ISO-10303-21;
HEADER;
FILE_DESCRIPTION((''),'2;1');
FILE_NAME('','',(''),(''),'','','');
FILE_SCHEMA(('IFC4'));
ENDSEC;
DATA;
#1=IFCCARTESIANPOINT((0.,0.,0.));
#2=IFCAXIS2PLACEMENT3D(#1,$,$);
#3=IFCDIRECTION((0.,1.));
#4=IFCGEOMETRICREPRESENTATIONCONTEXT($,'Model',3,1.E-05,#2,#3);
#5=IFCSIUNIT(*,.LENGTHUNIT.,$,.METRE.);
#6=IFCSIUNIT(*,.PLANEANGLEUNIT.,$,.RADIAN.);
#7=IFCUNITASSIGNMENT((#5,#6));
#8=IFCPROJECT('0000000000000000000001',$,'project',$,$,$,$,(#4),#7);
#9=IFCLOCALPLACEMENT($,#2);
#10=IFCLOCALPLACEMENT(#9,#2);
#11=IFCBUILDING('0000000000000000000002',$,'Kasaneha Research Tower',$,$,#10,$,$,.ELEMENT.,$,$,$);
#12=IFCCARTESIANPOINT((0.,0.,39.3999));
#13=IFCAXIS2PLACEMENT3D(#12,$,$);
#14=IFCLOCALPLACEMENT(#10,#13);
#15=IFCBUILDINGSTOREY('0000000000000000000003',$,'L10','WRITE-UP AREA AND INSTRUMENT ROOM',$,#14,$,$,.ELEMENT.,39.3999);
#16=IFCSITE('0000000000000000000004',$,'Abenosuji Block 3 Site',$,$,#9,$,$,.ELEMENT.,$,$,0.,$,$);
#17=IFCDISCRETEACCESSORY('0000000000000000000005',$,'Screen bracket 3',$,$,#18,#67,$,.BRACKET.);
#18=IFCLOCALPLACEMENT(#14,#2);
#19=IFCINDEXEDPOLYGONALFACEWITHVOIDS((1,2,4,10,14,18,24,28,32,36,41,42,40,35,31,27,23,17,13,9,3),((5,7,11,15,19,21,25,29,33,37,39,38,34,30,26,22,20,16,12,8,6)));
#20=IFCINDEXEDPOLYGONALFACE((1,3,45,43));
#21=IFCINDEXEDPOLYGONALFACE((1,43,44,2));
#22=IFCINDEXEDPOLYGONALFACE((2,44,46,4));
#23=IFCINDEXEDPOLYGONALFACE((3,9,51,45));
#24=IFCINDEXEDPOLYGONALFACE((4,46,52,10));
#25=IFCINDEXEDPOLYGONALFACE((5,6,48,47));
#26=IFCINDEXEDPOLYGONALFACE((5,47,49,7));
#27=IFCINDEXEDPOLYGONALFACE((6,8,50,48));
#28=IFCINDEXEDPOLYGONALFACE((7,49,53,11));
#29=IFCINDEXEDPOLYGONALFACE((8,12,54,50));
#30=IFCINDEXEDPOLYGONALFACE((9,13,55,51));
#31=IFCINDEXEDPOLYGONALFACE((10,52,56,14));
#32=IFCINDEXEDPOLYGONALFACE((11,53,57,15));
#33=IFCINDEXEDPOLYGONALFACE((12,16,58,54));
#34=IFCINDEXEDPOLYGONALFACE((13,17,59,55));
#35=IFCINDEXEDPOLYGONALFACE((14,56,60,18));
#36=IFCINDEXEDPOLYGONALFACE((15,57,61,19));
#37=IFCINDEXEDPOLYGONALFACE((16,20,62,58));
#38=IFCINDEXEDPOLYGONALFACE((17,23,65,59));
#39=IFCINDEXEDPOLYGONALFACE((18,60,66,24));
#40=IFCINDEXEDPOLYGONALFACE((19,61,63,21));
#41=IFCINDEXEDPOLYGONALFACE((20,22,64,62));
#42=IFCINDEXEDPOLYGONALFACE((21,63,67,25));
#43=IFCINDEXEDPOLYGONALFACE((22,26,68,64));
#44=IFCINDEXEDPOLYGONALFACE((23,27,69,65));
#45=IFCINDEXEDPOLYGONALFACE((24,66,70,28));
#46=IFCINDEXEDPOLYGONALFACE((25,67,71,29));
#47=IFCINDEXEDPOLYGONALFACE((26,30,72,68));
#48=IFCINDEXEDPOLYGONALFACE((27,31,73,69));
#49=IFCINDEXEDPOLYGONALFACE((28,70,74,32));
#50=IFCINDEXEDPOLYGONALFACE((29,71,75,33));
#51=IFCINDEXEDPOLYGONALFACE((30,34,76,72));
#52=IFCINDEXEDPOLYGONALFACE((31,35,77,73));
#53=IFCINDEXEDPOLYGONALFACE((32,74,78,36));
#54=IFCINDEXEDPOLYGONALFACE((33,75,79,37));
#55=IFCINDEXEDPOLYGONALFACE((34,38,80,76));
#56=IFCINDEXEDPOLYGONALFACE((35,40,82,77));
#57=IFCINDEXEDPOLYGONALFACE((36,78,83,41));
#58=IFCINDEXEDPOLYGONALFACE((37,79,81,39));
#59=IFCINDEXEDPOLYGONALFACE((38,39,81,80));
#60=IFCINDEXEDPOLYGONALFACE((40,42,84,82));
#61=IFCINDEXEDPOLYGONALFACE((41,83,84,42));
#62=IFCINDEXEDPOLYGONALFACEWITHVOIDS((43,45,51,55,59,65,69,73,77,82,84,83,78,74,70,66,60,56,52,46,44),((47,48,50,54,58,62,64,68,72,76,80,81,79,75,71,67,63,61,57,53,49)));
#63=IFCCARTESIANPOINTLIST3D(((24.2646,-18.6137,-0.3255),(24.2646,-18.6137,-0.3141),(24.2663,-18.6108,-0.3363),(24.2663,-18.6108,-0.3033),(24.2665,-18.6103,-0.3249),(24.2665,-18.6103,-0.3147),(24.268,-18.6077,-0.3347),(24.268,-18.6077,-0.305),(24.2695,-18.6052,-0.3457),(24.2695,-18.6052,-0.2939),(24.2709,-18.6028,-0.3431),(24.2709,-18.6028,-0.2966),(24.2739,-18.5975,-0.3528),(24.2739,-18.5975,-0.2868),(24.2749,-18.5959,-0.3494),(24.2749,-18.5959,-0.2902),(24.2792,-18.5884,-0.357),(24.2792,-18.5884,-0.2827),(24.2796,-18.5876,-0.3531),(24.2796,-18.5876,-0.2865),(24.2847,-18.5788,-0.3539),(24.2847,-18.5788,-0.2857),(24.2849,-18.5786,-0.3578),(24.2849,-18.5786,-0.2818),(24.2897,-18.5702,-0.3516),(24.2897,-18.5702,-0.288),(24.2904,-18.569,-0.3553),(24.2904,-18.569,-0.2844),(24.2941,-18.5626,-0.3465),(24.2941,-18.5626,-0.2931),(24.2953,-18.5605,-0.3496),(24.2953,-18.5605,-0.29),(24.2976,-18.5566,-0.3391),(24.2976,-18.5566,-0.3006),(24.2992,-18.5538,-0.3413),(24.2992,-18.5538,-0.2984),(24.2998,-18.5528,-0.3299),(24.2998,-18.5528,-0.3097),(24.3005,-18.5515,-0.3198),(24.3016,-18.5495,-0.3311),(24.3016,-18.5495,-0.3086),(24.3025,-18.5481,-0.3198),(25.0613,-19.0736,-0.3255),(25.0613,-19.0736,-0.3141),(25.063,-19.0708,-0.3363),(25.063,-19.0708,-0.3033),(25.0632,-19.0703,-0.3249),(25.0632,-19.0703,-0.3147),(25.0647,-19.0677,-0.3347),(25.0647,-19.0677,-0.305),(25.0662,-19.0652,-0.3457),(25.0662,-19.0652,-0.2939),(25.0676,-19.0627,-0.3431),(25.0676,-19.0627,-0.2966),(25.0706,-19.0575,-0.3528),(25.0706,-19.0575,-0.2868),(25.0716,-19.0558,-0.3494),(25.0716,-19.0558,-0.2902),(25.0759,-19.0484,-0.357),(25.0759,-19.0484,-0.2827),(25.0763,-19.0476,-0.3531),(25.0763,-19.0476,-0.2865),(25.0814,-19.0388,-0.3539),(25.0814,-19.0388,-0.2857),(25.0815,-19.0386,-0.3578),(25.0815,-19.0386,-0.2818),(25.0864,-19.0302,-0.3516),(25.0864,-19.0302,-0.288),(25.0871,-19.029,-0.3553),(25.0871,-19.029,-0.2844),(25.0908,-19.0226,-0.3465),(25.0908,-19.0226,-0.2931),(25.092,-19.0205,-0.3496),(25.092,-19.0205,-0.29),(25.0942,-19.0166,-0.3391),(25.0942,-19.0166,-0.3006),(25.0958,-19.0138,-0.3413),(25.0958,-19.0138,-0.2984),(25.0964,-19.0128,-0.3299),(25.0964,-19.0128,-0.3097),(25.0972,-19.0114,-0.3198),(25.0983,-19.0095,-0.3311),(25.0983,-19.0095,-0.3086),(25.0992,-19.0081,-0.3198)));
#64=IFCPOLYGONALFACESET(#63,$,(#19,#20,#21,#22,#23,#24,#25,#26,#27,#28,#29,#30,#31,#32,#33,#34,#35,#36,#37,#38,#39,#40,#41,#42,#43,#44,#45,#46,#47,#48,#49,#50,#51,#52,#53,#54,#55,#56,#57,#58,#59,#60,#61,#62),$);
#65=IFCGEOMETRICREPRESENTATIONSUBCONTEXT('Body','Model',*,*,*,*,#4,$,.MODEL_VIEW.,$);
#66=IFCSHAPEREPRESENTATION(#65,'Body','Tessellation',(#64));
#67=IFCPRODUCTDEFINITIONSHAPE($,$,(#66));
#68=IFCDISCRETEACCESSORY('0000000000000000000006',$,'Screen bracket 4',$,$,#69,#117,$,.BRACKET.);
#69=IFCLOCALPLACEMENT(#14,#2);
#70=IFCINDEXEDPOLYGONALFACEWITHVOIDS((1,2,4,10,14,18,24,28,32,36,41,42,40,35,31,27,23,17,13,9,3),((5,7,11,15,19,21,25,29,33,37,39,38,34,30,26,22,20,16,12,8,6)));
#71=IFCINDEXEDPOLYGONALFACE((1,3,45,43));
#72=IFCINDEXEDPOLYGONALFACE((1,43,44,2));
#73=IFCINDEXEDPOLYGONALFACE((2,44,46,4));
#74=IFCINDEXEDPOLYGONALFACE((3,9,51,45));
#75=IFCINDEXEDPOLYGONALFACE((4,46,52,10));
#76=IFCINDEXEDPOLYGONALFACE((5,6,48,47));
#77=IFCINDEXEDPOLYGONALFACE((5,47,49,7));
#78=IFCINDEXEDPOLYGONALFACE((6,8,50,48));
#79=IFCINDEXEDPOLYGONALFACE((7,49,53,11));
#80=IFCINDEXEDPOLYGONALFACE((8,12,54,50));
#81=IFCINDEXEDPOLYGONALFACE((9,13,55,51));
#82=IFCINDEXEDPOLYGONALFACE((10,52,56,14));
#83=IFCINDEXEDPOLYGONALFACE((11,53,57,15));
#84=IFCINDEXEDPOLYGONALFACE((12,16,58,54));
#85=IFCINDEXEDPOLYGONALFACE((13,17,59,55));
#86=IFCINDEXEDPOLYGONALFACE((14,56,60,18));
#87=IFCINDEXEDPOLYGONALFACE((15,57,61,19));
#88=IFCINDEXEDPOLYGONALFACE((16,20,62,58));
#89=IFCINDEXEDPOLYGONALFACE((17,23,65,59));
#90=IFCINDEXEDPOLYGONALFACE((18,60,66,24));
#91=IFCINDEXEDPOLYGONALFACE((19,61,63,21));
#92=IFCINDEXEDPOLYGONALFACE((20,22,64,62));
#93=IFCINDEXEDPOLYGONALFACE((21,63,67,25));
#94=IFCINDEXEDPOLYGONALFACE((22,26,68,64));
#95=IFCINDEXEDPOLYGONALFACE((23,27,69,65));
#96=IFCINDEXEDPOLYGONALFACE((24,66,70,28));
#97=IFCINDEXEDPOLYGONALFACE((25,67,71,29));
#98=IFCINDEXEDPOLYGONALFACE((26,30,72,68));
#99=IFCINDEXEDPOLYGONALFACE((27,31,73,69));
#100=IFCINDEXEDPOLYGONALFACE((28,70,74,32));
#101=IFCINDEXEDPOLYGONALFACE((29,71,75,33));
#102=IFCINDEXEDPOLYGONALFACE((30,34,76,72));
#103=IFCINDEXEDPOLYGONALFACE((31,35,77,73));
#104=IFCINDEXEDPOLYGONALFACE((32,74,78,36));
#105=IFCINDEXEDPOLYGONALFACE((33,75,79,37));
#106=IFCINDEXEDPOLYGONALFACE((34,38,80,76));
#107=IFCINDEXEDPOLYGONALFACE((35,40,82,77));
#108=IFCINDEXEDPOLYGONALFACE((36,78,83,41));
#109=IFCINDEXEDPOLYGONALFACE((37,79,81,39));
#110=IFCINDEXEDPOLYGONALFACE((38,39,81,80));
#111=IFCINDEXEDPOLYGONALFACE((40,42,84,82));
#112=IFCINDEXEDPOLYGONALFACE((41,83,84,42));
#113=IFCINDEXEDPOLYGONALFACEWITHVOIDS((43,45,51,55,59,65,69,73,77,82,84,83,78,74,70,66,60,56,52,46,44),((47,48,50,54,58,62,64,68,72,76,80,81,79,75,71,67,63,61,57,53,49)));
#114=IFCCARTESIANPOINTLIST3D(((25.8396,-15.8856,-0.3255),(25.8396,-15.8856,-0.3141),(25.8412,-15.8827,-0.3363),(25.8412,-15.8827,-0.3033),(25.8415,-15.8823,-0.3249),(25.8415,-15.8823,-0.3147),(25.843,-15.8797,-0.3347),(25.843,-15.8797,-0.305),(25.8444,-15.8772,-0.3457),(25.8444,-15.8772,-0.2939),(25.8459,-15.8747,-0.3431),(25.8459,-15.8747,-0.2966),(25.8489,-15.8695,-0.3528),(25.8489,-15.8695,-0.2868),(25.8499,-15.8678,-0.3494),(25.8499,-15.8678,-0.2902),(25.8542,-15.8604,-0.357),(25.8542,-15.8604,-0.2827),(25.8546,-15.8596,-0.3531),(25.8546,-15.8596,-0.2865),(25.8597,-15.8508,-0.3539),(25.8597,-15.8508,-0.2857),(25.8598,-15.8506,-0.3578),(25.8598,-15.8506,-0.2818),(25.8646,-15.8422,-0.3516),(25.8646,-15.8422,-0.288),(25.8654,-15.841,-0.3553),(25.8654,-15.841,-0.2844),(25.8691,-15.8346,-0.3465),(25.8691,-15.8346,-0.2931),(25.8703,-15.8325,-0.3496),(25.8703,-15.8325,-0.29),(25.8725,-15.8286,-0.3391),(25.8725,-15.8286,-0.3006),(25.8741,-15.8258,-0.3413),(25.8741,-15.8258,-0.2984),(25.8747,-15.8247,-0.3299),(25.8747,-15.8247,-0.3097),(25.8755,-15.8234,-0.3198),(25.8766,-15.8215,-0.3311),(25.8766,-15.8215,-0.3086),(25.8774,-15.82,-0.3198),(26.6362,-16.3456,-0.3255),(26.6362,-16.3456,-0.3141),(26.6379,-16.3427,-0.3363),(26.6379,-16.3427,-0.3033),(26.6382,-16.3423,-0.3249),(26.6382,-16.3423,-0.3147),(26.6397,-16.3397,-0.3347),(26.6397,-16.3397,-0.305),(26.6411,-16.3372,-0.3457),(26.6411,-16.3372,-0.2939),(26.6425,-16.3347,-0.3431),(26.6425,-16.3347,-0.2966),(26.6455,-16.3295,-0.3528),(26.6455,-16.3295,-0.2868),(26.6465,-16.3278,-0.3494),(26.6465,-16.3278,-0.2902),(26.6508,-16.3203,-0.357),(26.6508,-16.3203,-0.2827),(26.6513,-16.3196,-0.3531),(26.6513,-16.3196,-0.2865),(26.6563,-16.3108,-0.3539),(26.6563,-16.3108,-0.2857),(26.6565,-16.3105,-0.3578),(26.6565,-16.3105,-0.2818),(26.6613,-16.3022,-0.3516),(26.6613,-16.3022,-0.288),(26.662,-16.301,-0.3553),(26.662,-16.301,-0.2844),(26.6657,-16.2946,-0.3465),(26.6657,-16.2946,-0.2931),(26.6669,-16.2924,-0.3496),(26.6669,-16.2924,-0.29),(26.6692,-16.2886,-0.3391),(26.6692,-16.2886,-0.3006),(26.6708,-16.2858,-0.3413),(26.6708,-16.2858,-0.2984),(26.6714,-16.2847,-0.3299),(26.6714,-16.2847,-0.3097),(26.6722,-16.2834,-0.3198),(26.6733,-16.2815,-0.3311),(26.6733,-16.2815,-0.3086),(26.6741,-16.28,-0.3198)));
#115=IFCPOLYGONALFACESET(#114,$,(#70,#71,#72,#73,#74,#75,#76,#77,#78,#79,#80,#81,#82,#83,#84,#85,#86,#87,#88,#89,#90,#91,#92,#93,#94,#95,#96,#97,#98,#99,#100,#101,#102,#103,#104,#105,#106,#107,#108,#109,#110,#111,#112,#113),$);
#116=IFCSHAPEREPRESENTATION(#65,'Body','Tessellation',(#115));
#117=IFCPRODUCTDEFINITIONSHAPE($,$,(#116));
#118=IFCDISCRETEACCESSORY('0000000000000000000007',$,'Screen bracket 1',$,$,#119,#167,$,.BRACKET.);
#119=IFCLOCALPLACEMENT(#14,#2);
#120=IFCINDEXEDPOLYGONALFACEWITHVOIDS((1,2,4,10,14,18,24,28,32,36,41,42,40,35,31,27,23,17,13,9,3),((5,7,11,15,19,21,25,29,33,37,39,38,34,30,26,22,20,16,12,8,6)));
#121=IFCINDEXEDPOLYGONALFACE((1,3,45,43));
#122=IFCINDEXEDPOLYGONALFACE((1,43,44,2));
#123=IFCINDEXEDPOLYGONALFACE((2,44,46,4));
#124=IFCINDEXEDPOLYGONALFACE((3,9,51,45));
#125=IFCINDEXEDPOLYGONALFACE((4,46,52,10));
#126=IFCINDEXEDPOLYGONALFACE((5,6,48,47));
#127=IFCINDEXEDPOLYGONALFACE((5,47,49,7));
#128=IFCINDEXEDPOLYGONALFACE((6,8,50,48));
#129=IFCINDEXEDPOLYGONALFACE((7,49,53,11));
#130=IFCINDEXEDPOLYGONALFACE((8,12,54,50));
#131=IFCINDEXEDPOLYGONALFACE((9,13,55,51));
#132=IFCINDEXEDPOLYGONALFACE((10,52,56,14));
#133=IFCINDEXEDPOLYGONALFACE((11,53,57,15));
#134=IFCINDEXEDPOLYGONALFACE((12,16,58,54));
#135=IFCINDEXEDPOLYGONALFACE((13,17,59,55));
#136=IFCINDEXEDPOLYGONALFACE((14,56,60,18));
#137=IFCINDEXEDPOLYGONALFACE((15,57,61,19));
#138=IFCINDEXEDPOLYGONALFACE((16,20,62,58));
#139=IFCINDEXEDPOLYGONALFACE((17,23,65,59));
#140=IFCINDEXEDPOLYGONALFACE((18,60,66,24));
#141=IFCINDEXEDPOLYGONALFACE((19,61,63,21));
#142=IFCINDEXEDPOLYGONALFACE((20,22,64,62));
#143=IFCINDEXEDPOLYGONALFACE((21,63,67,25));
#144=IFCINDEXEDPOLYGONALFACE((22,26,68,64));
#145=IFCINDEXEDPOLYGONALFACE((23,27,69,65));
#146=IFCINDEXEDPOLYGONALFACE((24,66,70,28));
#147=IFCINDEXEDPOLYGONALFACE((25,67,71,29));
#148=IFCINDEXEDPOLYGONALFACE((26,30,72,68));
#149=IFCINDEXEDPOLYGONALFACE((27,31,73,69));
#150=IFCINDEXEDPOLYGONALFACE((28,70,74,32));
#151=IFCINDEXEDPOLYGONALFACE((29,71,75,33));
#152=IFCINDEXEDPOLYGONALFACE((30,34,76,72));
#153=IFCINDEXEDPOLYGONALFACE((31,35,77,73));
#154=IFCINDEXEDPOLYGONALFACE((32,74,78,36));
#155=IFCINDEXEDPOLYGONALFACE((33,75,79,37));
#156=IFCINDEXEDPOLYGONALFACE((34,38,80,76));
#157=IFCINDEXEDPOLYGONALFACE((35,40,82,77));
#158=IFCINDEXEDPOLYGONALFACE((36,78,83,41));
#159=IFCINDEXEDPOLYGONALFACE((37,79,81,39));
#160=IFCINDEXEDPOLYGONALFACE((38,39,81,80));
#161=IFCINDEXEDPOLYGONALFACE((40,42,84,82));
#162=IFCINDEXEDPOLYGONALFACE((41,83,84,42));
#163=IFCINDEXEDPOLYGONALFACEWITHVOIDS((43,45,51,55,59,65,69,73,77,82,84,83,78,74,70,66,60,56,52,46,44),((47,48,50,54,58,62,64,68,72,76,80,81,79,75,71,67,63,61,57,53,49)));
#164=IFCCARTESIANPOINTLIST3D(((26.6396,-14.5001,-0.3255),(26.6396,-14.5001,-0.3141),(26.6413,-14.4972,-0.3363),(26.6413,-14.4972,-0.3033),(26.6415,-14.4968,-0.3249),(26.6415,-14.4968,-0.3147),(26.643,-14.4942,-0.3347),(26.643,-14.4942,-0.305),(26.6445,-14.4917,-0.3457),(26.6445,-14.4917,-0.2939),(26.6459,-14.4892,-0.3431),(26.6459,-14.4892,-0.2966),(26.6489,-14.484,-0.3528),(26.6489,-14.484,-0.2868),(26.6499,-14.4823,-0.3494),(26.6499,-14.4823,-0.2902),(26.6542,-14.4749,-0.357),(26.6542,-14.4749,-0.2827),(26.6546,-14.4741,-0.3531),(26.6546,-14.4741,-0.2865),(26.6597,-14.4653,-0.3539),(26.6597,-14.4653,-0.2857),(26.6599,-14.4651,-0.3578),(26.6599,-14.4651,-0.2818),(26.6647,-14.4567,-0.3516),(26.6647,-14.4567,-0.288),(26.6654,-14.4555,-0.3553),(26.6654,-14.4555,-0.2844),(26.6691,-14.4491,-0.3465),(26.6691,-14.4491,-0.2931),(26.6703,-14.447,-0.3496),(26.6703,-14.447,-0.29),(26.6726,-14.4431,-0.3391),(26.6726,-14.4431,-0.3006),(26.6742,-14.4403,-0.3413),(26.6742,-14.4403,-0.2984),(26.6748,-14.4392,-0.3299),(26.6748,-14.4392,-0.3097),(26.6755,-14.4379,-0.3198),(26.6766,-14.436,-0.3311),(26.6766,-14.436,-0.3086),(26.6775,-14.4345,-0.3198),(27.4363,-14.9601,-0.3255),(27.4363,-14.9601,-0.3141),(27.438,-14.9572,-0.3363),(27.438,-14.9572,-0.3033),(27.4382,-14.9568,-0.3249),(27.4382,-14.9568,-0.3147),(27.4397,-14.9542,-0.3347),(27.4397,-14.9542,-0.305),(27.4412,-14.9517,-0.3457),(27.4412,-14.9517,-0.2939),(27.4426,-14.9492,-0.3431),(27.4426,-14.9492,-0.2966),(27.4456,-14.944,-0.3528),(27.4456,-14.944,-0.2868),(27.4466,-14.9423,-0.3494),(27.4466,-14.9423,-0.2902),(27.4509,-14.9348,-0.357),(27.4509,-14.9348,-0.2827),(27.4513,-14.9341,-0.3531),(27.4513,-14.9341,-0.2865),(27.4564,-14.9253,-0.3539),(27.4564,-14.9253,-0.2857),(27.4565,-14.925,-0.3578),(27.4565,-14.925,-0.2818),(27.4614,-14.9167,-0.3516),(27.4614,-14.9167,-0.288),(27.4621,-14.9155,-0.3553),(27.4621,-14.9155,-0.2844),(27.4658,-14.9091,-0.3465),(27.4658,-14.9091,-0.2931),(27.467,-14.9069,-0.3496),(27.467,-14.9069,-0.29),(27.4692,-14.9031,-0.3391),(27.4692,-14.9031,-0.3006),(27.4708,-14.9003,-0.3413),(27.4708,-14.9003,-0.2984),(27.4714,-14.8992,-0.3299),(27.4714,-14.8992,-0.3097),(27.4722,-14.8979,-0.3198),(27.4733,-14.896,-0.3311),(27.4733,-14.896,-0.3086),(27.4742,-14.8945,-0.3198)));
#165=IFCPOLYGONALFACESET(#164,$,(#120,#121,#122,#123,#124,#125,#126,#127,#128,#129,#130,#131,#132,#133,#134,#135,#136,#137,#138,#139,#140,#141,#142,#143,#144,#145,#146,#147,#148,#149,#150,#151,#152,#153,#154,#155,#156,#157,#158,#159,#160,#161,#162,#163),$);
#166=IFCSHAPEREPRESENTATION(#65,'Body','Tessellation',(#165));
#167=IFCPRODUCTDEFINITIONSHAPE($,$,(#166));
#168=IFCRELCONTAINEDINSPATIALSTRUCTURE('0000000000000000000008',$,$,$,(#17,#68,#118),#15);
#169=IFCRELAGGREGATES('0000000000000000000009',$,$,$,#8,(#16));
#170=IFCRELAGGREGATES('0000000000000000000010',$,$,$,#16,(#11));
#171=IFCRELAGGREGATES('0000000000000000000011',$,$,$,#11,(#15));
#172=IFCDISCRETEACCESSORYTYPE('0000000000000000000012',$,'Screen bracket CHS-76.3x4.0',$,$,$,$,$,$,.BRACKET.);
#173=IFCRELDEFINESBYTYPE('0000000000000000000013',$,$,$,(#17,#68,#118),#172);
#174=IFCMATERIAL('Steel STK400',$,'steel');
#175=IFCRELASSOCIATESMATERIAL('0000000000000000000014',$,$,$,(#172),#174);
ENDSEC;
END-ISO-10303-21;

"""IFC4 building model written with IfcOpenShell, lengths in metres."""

from ifc_helpers import new_model, si_unit, direction, frame, origin, origin_2d, place, context, subcontext, project, spatial, hollow_circle, extrude, material, material_profile, profile_set, type_object, element, save


model = new_model("IFC4")

# Units and contexts
model_context = context("Model", 3, precision=1e-05, world=origin(), true_north=direction((0.0, 1.0)))
body_context = subcontext(model_context, "Body", "Model", "MODEL_VIEW")
ifc_project = project(units=[si_unit("LENGTHUNIT", "METRE"), si_unit("PLANEANGLEUNIT", "RADIAN")], contexts=[model_context])

# Site, building, storey
site_placement = place(None, origin())
site = spatial("IfcSite", under=ifc_project, at=site_placement, Name="Abenosuji Block 3 Site", CompositionType="ELEMENT", RefElevation=0.0)
building_placement = place(site_placement, origin())
building = spatial("IfcBuilding", under=site, at=building_placement, Name="Kasaneha Research Tower", CompositionType="ELEMENT")
storey_placement = place(building_placement, frame((0.0, 0.0, 39.3999)))
storey = spatial("IfcBuildingStorey", under=building, at=storey_placement, Name="L10", Description="WRITE-UP AREA AND INSTRUMENT ROOM", CompositionType="ELEMENT", Elevation=39.3999)

# Discrete accessories
ifc_material_1 = material(Name="Steel STK400", Category="steel")
ifc_material_profile_1 = material_profile(ifc_material_1, hollow_circle(Radius=0.0381, WallThickness=0.0039, at=origin_2d()), Name="CHS-76.3x4.0")
ifc_profile_set_1 = profile_set([ifc_material_profile_1], Name="Steel STK400")
discrete_accessory_type = type_object("IfcDiscreteAccessoryType", Name="Screen bracket CHS-76.3x4.0", PredefinedType="BRACKET", material=ifc_profile_set_1)
for number, where, z_axis, x_axis, name in (
    (1, (24.2834, -18.5811, -0.3198), (0.866013, -0.500021, 0.0), (0.500021, 0.866013, 0.0), "Screen bracket 3"),
    (2, (25.8584, -15.853, -0.3198), (0.866013, -0.500021, 0.0), (0.500021, 0.866013, 0.0), "Screen bracket 4"),
    (3, (26.6584, -14.4675, -0.3198), (0.866013, -0.500021, 0.0), (0.500021, 0.866013, 0.0), "Screen bracket 1"),
):
    element("IfcDiscreteAccessory", number, at=place(storey_placement, frame(where, z_axis=z_axis, x_axis=x_axis)), inside=storey, type_object=discrete_accessory_type, Name=name, PredefinedType="BRACKET", context=body_context, shape_type="SweptSolid", body=[
        extrude(hollow_circle(Radius=0.0381, WallThickness=0.0039, at=origin_2d()), origin(), (0.0, 0.0, 1.0), 0.9199),
    ])

save(model, "model.ifc")
